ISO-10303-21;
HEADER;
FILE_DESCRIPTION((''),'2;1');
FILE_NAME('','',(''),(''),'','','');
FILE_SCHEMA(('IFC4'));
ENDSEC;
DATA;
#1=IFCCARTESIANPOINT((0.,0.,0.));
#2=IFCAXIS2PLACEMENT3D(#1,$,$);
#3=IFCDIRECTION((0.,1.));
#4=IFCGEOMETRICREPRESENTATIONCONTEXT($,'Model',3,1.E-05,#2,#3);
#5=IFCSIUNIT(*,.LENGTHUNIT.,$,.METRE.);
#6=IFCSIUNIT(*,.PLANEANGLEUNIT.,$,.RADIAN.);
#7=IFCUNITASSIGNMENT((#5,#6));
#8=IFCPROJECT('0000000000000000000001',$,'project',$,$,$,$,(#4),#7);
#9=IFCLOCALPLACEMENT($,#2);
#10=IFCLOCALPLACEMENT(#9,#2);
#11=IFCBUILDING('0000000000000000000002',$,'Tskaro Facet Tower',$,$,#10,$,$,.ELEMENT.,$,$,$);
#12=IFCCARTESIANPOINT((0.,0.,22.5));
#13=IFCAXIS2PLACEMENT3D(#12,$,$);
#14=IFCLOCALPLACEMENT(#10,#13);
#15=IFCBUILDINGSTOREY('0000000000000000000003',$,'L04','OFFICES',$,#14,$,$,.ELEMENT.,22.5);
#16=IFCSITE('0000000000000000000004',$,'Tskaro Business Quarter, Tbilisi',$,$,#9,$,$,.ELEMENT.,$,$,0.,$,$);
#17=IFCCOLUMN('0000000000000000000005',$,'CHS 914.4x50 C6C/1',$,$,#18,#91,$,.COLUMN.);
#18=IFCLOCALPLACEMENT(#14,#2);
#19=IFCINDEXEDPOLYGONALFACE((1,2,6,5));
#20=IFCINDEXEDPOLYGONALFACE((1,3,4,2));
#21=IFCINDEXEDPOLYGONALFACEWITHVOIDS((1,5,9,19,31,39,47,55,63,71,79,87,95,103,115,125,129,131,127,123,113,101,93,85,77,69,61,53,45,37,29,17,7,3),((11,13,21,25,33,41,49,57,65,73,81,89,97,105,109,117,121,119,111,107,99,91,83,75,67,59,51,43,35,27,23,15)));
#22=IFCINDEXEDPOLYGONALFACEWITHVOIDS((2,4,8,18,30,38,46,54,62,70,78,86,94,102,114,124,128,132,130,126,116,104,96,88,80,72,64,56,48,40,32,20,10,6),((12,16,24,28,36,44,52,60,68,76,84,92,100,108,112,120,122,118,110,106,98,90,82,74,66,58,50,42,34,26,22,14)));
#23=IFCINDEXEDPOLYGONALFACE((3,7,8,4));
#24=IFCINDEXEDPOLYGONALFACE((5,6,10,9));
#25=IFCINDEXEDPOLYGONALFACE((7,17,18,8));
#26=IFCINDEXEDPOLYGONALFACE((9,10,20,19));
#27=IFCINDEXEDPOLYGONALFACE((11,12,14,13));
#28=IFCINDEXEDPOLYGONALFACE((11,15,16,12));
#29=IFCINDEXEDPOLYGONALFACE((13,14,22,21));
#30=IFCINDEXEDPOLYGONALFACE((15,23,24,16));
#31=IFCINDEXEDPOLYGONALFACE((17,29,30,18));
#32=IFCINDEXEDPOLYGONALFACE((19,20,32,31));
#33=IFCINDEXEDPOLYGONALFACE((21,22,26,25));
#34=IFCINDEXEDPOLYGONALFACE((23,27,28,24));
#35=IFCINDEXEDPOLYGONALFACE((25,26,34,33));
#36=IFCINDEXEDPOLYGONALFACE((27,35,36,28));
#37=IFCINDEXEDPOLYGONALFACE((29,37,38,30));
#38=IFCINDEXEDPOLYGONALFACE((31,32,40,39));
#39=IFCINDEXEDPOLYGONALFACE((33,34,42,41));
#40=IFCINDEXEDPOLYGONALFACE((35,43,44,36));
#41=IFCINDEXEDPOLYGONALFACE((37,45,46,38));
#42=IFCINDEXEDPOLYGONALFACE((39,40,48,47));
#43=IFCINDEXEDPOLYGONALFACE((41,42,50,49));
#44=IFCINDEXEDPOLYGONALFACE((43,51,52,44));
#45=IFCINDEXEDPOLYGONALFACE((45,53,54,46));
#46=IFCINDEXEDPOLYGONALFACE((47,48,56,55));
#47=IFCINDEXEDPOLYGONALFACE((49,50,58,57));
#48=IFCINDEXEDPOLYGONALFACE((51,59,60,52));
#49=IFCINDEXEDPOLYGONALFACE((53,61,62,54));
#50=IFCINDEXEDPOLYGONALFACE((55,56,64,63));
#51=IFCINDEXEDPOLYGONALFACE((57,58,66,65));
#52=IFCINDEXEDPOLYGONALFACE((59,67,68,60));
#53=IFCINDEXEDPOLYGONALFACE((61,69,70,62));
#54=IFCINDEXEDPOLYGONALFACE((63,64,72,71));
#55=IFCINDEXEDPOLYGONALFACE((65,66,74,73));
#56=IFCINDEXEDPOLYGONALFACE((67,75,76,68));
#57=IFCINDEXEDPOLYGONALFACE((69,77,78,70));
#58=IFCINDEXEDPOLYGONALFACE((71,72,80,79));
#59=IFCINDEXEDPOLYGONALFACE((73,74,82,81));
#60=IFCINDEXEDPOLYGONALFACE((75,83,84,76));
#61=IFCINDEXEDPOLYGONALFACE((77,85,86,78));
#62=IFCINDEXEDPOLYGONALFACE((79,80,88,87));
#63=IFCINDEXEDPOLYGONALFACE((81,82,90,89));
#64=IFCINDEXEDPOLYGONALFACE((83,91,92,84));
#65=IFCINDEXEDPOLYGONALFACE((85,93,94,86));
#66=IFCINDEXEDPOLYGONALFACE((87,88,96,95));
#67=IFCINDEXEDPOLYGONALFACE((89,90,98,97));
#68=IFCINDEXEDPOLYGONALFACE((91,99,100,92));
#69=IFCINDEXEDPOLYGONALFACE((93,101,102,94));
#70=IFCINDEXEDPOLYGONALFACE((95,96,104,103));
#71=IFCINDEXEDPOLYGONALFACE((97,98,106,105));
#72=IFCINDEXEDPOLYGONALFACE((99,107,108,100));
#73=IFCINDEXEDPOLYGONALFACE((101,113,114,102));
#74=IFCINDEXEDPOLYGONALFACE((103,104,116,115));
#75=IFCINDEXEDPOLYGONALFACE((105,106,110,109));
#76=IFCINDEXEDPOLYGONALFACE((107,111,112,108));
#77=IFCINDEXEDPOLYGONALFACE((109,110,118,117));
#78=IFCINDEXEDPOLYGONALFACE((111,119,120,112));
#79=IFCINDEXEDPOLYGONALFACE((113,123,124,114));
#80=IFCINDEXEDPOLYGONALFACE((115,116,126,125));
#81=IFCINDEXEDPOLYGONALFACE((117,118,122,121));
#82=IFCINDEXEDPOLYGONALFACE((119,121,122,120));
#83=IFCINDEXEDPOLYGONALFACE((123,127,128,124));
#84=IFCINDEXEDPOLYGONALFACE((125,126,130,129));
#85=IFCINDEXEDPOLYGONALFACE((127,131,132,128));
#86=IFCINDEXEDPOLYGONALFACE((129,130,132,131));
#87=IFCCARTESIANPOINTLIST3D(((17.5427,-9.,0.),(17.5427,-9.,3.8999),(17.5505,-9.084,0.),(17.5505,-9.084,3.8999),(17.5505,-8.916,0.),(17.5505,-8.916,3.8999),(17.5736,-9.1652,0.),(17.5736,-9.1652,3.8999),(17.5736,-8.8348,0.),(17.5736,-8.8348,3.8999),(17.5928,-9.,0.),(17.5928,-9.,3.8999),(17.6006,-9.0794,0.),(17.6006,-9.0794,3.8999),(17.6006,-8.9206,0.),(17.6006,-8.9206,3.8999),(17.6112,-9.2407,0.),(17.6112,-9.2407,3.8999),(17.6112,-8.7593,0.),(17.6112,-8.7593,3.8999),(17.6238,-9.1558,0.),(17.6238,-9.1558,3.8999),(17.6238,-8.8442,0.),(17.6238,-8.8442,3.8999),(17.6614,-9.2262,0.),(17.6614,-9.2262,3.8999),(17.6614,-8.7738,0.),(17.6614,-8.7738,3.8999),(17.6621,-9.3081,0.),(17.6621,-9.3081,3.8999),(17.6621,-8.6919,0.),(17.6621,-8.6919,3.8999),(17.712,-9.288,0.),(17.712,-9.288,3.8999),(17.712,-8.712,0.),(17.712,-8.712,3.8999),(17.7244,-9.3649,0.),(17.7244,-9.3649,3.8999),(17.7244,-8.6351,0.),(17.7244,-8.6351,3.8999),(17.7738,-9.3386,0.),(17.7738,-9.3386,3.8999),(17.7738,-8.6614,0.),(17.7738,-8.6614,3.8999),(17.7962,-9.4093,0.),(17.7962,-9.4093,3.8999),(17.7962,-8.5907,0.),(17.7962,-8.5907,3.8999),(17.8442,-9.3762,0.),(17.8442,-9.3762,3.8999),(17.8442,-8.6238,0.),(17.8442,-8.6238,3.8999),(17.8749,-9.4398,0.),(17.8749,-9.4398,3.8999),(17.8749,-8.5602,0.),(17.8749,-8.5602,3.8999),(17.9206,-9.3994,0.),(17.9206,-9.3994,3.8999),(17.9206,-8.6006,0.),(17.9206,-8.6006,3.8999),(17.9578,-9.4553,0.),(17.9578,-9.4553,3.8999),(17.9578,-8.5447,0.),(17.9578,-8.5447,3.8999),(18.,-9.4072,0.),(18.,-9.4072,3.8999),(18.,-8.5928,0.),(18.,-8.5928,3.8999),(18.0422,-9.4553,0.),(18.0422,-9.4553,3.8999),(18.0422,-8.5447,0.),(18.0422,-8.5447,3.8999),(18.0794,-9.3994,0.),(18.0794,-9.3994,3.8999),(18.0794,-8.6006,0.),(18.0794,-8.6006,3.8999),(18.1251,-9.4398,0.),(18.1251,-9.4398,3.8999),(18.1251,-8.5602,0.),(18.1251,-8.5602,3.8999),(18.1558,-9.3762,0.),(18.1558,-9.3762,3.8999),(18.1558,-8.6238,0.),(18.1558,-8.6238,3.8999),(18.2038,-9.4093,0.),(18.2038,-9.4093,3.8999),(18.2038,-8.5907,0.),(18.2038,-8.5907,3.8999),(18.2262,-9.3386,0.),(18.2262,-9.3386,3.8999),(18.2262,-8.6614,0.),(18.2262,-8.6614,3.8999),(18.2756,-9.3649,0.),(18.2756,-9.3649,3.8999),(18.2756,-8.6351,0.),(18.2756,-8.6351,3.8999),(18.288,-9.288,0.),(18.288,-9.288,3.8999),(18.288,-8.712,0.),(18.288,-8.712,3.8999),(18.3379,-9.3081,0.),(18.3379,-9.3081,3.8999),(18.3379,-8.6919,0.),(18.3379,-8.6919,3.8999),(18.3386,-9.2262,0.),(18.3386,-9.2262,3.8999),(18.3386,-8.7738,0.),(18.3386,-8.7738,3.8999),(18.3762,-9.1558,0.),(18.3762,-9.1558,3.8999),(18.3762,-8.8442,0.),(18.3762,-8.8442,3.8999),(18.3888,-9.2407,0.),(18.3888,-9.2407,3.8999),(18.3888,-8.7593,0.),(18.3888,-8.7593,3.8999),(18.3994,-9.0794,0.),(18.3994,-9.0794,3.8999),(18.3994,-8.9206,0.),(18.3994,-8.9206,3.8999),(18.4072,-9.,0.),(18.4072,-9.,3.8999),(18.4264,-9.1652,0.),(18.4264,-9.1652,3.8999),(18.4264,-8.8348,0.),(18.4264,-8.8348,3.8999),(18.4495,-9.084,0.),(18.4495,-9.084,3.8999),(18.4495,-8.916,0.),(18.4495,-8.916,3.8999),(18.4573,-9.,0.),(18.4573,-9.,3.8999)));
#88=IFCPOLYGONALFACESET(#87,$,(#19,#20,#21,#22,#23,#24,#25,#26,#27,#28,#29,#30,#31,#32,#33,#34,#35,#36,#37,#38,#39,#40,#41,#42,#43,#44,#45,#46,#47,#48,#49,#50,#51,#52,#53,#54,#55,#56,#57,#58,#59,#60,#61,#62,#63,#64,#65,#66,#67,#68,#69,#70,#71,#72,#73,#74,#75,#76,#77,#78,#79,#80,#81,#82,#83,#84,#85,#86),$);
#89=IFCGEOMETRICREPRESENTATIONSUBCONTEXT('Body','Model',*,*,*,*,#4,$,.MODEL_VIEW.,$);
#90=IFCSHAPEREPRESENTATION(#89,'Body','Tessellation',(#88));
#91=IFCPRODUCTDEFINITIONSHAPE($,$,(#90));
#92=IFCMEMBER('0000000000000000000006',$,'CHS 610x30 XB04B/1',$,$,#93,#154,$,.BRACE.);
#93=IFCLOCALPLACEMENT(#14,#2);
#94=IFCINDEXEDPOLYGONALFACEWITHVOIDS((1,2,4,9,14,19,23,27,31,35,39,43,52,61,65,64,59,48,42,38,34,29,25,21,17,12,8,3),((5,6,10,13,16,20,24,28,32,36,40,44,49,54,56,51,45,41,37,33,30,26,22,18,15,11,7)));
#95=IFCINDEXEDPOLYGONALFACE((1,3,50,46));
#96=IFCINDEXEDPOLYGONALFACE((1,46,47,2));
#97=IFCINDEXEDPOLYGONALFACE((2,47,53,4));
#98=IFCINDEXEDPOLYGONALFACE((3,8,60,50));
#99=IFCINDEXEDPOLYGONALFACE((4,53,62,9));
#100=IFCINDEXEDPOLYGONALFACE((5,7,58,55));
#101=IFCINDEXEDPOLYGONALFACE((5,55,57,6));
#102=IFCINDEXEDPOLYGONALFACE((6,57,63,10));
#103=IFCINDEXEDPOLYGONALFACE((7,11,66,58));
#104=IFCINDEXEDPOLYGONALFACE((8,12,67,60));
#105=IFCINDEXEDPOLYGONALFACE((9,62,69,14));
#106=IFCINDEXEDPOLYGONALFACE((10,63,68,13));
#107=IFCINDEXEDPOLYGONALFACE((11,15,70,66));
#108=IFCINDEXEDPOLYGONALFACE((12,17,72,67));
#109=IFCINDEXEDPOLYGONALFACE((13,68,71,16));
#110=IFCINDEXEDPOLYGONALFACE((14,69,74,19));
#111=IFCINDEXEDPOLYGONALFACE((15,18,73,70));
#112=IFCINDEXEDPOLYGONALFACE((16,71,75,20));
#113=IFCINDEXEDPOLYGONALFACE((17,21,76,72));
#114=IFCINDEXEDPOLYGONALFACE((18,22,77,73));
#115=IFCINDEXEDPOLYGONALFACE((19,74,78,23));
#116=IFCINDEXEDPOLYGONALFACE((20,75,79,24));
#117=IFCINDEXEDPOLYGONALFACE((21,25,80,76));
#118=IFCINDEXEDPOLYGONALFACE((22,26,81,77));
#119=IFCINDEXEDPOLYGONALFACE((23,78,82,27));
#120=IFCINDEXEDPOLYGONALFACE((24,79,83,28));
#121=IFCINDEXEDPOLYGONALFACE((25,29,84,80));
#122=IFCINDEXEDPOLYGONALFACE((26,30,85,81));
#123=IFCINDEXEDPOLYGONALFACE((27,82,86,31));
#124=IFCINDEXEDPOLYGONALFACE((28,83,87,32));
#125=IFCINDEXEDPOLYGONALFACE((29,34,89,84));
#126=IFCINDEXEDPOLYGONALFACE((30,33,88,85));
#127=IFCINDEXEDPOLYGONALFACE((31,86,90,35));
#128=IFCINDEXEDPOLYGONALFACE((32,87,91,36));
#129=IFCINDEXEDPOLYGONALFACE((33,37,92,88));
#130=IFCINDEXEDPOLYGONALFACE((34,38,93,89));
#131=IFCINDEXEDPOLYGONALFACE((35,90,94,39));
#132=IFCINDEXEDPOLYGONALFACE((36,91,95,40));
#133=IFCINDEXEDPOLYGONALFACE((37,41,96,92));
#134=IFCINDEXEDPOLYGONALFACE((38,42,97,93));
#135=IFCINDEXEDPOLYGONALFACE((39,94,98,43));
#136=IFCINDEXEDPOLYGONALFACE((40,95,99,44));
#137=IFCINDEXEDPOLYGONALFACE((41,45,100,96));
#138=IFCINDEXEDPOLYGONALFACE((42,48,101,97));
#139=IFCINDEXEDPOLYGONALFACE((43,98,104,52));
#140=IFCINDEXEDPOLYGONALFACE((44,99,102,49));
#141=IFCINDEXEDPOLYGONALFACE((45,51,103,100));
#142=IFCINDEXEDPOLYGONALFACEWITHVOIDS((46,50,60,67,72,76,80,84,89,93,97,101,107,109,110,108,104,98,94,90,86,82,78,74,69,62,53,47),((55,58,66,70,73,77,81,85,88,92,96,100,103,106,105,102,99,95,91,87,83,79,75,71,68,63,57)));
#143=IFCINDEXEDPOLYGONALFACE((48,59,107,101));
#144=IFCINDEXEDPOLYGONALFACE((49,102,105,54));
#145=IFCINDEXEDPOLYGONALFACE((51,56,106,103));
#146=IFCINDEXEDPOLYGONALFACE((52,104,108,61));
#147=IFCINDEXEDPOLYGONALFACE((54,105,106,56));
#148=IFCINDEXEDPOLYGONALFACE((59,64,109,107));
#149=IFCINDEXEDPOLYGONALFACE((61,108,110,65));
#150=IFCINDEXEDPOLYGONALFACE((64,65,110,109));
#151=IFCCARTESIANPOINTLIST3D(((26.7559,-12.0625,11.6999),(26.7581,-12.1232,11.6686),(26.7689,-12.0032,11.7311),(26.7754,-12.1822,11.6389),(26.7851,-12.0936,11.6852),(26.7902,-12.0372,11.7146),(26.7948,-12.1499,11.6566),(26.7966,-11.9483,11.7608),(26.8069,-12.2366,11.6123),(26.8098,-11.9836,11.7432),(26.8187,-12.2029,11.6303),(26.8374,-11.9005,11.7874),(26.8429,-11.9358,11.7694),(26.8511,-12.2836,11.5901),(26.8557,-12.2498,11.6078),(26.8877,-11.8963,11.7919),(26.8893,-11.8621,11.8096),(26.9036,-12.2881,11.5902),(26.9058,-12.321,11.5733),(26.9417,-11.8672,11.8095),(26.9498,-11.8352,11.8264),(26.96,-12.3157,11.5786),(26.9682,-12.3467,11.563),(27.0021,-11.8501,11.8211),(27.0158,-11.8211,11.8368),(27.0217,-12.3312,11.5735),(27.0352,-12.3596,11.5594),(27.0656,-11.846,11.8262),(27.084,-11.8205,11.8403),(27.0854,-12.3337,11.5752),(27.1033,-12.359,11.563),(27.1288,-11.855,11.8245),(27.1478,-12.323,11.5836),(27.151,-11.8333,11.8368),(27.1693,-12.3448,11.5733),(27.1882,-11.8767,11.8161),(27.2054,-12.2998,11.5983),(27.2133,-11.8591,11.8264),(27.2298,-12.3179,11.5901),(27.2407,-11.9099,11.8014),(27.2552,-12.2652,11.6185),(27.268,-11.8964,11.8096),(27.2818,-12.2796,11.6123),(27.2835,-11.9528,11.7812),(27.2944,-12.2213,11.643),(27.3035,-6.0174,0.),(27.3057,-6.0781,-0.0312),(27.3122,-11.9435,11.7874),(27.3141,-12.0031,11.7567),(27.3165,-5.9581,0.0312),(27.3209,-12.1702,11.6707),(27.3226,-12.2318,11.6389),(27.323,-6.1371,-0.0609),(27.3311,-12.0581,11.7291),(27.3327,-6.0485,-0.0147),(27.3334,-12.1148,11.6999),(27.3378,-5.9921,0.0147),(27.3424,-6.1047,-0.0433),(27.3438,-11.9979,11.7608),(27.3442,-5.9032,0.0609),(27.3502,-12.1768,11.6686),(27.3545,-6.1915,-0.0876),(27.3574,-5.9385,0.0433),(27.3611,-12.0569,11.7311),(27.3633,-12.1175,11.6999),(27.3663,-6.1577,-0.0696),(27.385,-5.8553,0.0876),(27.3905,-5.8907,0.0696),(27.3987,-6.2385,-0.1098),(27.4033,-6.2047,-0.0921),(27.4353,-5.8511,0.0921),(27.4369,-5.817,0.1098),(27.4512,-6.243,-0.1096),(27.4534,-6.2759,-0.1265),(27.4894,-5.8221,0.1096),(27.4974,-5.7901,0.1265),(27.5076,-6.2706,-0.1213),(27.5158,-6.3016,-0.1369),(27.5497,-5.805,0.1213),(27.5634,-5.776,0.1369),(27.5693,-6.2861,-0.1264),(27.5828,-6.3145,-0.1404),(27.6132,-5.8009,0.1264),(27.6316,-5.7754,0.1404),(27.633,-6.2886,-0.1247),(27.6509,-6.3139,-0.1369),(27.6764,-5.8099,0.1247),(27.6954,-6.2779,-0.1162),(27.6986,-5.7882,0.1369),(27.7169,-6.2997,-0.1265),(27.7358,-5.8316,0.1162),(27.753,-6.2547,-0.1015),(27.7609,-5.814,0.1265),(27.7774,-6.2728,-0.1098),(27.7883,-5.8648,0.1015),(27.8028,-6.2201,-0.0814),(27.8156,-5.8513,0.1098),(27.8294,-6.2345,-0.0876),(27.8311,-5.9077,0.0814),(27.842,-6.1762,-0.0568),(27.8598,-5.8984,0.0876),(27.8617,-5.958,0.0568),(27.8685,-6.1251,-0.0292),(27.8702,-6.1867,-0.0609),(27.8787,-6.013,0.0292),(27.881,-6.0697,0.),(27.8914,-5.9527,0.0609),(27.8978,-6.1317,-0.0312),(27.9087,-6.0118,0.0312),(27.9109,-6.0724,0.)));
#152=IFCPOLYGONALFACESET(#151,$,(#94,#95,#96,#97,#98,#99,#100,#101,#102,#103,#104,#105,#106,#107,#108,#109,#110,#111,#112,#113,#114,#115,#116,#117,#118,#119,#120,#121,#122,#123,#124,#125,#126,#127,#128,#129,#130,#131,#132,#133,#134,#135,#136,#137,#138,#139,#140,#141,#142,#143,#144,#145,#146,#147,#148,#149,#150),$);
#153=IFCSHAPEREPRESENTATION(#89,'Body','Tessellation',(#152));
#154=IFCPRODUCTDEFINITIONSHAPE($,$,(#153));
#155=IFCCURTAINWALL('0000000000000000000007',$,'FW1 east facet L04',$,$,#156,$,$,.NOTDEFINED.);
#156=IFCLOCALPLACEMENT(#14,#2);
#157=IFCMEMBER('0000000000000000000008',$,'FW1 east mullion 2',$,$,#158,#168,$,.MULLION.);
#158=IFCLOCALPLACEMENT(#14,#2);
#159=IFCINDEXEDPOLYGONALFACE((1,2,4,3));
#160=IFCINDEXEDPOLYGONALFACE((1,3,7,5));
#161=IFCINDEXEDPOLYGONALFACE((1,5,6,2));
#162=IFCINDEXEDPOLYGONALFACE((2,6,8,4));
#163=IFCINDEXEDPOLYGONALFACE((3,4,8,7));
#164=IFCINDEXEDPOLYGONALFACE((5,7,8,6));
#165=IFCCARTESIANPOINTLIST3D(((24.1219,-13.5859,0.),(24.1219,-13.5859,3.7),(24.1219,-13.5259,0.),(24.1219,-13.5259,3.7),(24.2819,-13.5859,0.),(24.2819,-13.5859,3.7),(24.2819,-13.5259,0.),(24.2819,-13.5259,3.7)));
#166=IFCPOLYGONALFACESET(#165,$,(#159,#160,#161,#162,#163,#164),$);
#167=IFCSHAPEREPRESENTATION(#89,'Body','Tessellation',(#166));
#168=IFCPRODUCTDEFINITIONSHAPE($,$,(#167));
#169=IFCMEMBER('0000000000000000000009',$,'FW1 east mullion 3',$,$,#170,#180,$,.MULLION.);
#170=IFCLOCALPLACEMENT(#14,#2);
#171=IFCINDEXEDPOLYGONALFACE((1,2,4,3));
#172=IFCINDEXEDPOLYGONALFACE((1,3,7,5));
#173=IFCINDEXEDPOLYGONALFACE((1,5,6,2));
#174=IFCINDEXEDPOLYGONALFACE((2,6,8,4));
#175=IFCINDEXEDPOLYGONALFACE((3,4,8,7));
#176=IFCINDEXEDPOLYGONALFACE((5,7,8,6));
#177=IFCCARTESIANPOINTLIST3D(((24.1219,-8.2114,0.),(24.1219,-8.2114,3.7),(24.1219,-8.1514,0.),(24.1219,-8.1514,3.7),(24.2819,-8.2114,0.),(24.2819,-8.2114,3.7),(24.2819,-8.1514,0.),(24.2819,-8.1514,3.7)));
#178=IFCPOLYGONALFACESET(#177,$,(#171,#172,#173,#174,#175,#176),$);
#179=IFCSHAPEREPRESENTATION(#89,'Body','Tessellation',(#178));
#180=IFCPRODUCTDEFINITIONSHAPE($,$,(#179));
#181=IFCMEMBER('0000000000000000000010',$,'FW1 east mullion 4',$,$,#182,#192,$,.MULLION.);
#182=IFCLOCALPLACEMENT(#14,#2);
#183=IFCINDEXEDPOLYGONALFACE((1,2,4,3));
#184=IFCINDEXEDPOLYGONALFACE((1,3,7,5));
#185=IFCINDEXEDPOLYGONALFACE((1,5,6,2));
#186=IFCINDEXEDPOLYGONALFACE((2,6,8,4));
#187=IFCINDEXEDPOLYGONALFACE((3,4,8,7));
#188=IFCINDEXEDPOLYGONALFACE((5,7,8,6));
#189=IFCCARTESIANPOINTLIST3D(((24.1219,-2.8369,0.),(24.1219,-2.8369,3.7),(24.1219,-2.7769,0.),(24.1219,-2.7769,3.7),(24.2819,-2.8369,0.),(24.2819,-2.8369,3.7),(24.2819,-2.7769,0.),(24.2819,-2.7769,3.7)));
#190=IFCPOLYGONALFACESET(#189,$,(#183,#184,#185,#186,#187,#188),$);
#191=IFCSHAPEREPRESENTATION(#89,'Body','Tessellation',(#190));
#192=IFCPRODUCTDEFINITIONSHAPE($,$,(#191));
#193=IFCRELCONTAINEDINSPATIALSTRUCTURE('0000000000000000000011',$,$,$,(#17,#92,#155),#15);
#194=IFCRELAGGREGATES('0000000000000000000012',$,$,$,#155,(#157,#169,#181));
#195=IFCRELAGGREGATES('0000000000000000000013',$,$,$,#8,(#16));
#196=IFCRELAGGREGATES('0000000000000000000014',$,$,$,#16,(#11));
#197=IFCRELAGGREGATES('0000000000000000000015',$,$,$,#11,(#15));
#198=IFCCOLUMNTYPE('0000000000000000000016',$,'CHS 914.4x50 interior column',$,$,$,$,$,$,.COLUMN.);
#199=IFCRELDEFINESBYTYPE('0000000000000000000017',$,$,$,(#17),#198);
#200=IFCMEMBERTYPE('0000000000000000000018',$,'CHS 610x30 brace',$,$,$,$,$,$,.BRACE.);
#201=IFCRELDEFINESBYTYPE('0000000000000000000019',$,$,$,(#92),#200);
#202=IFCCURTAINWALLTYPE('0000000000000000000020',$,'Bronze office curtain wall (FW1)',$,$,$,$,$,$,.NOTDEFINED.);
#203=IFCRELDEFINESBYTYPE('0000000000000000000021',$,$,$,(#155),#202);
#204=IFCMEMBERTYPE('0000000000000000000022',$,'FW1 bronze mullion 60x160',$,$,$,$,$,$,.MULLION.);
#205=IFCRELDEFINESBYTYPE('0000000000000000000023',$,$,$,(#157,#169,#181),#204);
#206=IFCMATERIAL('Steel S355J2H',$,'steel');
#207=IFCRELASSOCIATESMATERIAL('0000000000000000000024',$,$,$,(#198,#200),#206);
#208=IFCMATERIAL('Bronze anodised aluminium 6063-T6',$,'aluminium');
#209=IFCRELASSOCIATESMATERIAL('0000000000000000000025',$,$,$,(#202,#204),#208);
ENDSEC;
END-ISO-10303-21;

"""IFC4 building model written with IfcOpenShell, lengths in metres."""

from ifc_helpers import new_model, si_unit, direction, frame, origin, origin_2d, place, context, subcontext, project, spatial, rectangle, hollow_circle, extrude, material, material_profile, profile_set, type_object, element, aggregate, save


model = new_model("IFC4")

# Units and contexts
model_context = context("Model", 3, precision=1e-05, world=origin(), true_north=direction((0.0, 1.0)))
body_context = subcontext(model_context, "Body", "Model", "MODEL_VIEW")
ifc_project = project(units=[si_unit("LENGTHUNIT", "METRE"), si_unit("PLANEANGLEUNIT", "RADIAN")], contexts=[model_context])

# Site, building, storey
site_placement = place(None, origin())
site = spatial("IfcSite", under=ifc_project, at=site_placement, Name="Tskaro Business Quarter, Tbilisi", CompositionType="ELEMENT", RefElevation=0.0)
building_placement = place(site_placement, origin())
building = spatial("IfcBuilding", under=site, at=building_placement, Name="Tskaro Facet Tower", CompositionType="ELEMENT")
storey_placement = place(building_placement, frame((0.0, 0.0, 22.5)))
storey = spatial("IfcBuildingStorey", under=building, at=storey_placement, Name="L04", Description="OFFICES", CompositionType="ELEMENT", Elevation=22.5)

# Column
ifc_material_1 = material(Name="Steel S355J2H", Category="steel")
ifc_material_profile_1 = material_profile(ifc_material_1, hollow_circle(Radius=0.4573, WallThickness=0.05, at=origin_2d()), Name="CHS 914.4x50")
ifc_profile_set_1 = profile_set([ifc_material_profile_1], Name="Steel S355J2H")
column_type_1 = type_object("IfcColumnType", Name="CHS 914.4x50 interior column", PredefinedType="COLUMN", material=ifc_profile_set_1)
column_placement = place(storey_placement, frame((18.0, -9.0, 0.0), z_axis=(0.0, 0.0, 1.0), x_axis=(1.0, 0.0, 0.0)))
element("IfcColumn", 1, at=column_placement, inside=storey, type_object=column_type_1, Name="CHS 914.4x50 C6C/1", PredefinedType="COLUMN", context=body_context, shape_type="SweptSolid", body=[
    extrude(hollow_circle(Radius=0.4573, WallThickness=0.05, at=origin_2d()), origin(), (0.0, 0.0, 1.0), 3.8999),
])

# Member
ifc_material_profile_2 = material_profile(ifc_material_1, hollow_circle(Radius=0.3049, WallThickness=0.03, at=origin_2d()), Name="CHS 610x30")
ifc_profile_set_2 = profile_set([ifc_material_profile_2], Name="Steel S355J2H")
member_type_1 = type_object("IfcMemberType", Name="CHS 610x30 brace", PredefinedType="BRACE", material=ifc_profile_set_2)
member_1_placement = place(storey_placement, frame((27.6072, -6.0449, 0.0), z_axis=(-0.041546, -0.458635, 0.887653), x_axis=(0.995922, -0.090217, 0.0)))
element("IfcMember", 2, at=member_1_placement, inside=storey, type_object=member_type_1, Name="CHS 610x30 XB04B/1", PredefinedType="BRACE", context=body_context, shape_type="SweptSolid", body=[
    extrude(hollow_circle(Radius=0.3049, WallThickness=0.03, at=origin_2d()), origin(), (0.0, 0.0, 1.0), 13.1807),
])

# Curtain wall, members
ifc_material_2 = material(Name="Bronze anodised aluminium 6063-T6", Category="aluminium")
curtain_wall_type = type_object("IfcCurtainWallType", Name="Bronze office curtain wall (FW1)", PredefinedType="NOTDEFINED", material=ifc_material_2)
curtain_wall_placement = place(storey_placement, origin())
curtain_wall = element("IfcCurtainWall", 3, at=curtain_wall_placement, inside=storey, type_object=curtain_wall_type, Name="FW1 east facet L04", PredefinedType="NOTDEFINED")
ifc_material_profile_3 = material_profile(ifc_material_2, rectangle(XDim=0.0601, YDim=0.1599, at=origin_2d()), Name="Mullion 60x160")
ifc_profile_set_3 = profile_set([ifc_material_profile_3], Name="Bronze anodised aluminium 6063-T6")
member_type_2 = type_object("IfcMemberType", Name="FW1 bronze mullion 60x160", PredefinedType="MULLION", material=ifc_profile_set_3)
member_2_placement = place(storey_placement, frame((24.2019, -13.5559, 0.0), z_axis=(0.0, 0.0, 1.0), x_axis=(0.0, 1.0, 0.0)))
member_2 = element("IfcMember", 4, at=member_2_placement, type_object=member_type_2, Name="FW1 east mullion 2", PredefinedType="MULLION", context=body_context, shape_type="SweptSolid", body=[
    extrude(rectangle(XDim=0.0601, YDim=0.1599, at=origin_2d()), origin(), (0.0, 0.0, 1.0), 3.7),
])
member_3_placement = place(storey_placement, frame((24.2019, -8.1814, 0.0), z_axis=(0.0, 0.0, 1.0), x_axis=(0.0, 1.0, 0.0)))
member_3 = element("IfcMember", 5, at=member_3_placement, type_object=member_type_2, Name="FW1 east mullion 3", PredefinedType="MULLION", context=body_context, shape_type="SweptSolid", body=[
    extrude(rectangle(XDim=0.0601, YDim=0.1599, at=origin_2d()), origin(), (0.0, 0.0, 1.0), 3.7),
])
member_4_placement = place(storey_placement, frame((24.2019, -2.8069, 0.0), z_axis=(0.0, 0.0, 1.0), x_axis=(0.0, 1.0, 0.0)))
member_4 = element("IfcMember", 6, at=member_4_placement, type_object=member_type_2, Name="FW1 east mullion 4", PredefinedType="MULLION", context=body_context, shape_type="SweptSolid", body=[
    extrude(rectangle(XDim=0.0601, YDim=0.1599, at=origin_2d()), origin(), (0.0, 0.0, 1.0), 3.7),
])

aggregate(curtain_wall, [member_2, member_3, member_4])

save(model, "model.ifc")
